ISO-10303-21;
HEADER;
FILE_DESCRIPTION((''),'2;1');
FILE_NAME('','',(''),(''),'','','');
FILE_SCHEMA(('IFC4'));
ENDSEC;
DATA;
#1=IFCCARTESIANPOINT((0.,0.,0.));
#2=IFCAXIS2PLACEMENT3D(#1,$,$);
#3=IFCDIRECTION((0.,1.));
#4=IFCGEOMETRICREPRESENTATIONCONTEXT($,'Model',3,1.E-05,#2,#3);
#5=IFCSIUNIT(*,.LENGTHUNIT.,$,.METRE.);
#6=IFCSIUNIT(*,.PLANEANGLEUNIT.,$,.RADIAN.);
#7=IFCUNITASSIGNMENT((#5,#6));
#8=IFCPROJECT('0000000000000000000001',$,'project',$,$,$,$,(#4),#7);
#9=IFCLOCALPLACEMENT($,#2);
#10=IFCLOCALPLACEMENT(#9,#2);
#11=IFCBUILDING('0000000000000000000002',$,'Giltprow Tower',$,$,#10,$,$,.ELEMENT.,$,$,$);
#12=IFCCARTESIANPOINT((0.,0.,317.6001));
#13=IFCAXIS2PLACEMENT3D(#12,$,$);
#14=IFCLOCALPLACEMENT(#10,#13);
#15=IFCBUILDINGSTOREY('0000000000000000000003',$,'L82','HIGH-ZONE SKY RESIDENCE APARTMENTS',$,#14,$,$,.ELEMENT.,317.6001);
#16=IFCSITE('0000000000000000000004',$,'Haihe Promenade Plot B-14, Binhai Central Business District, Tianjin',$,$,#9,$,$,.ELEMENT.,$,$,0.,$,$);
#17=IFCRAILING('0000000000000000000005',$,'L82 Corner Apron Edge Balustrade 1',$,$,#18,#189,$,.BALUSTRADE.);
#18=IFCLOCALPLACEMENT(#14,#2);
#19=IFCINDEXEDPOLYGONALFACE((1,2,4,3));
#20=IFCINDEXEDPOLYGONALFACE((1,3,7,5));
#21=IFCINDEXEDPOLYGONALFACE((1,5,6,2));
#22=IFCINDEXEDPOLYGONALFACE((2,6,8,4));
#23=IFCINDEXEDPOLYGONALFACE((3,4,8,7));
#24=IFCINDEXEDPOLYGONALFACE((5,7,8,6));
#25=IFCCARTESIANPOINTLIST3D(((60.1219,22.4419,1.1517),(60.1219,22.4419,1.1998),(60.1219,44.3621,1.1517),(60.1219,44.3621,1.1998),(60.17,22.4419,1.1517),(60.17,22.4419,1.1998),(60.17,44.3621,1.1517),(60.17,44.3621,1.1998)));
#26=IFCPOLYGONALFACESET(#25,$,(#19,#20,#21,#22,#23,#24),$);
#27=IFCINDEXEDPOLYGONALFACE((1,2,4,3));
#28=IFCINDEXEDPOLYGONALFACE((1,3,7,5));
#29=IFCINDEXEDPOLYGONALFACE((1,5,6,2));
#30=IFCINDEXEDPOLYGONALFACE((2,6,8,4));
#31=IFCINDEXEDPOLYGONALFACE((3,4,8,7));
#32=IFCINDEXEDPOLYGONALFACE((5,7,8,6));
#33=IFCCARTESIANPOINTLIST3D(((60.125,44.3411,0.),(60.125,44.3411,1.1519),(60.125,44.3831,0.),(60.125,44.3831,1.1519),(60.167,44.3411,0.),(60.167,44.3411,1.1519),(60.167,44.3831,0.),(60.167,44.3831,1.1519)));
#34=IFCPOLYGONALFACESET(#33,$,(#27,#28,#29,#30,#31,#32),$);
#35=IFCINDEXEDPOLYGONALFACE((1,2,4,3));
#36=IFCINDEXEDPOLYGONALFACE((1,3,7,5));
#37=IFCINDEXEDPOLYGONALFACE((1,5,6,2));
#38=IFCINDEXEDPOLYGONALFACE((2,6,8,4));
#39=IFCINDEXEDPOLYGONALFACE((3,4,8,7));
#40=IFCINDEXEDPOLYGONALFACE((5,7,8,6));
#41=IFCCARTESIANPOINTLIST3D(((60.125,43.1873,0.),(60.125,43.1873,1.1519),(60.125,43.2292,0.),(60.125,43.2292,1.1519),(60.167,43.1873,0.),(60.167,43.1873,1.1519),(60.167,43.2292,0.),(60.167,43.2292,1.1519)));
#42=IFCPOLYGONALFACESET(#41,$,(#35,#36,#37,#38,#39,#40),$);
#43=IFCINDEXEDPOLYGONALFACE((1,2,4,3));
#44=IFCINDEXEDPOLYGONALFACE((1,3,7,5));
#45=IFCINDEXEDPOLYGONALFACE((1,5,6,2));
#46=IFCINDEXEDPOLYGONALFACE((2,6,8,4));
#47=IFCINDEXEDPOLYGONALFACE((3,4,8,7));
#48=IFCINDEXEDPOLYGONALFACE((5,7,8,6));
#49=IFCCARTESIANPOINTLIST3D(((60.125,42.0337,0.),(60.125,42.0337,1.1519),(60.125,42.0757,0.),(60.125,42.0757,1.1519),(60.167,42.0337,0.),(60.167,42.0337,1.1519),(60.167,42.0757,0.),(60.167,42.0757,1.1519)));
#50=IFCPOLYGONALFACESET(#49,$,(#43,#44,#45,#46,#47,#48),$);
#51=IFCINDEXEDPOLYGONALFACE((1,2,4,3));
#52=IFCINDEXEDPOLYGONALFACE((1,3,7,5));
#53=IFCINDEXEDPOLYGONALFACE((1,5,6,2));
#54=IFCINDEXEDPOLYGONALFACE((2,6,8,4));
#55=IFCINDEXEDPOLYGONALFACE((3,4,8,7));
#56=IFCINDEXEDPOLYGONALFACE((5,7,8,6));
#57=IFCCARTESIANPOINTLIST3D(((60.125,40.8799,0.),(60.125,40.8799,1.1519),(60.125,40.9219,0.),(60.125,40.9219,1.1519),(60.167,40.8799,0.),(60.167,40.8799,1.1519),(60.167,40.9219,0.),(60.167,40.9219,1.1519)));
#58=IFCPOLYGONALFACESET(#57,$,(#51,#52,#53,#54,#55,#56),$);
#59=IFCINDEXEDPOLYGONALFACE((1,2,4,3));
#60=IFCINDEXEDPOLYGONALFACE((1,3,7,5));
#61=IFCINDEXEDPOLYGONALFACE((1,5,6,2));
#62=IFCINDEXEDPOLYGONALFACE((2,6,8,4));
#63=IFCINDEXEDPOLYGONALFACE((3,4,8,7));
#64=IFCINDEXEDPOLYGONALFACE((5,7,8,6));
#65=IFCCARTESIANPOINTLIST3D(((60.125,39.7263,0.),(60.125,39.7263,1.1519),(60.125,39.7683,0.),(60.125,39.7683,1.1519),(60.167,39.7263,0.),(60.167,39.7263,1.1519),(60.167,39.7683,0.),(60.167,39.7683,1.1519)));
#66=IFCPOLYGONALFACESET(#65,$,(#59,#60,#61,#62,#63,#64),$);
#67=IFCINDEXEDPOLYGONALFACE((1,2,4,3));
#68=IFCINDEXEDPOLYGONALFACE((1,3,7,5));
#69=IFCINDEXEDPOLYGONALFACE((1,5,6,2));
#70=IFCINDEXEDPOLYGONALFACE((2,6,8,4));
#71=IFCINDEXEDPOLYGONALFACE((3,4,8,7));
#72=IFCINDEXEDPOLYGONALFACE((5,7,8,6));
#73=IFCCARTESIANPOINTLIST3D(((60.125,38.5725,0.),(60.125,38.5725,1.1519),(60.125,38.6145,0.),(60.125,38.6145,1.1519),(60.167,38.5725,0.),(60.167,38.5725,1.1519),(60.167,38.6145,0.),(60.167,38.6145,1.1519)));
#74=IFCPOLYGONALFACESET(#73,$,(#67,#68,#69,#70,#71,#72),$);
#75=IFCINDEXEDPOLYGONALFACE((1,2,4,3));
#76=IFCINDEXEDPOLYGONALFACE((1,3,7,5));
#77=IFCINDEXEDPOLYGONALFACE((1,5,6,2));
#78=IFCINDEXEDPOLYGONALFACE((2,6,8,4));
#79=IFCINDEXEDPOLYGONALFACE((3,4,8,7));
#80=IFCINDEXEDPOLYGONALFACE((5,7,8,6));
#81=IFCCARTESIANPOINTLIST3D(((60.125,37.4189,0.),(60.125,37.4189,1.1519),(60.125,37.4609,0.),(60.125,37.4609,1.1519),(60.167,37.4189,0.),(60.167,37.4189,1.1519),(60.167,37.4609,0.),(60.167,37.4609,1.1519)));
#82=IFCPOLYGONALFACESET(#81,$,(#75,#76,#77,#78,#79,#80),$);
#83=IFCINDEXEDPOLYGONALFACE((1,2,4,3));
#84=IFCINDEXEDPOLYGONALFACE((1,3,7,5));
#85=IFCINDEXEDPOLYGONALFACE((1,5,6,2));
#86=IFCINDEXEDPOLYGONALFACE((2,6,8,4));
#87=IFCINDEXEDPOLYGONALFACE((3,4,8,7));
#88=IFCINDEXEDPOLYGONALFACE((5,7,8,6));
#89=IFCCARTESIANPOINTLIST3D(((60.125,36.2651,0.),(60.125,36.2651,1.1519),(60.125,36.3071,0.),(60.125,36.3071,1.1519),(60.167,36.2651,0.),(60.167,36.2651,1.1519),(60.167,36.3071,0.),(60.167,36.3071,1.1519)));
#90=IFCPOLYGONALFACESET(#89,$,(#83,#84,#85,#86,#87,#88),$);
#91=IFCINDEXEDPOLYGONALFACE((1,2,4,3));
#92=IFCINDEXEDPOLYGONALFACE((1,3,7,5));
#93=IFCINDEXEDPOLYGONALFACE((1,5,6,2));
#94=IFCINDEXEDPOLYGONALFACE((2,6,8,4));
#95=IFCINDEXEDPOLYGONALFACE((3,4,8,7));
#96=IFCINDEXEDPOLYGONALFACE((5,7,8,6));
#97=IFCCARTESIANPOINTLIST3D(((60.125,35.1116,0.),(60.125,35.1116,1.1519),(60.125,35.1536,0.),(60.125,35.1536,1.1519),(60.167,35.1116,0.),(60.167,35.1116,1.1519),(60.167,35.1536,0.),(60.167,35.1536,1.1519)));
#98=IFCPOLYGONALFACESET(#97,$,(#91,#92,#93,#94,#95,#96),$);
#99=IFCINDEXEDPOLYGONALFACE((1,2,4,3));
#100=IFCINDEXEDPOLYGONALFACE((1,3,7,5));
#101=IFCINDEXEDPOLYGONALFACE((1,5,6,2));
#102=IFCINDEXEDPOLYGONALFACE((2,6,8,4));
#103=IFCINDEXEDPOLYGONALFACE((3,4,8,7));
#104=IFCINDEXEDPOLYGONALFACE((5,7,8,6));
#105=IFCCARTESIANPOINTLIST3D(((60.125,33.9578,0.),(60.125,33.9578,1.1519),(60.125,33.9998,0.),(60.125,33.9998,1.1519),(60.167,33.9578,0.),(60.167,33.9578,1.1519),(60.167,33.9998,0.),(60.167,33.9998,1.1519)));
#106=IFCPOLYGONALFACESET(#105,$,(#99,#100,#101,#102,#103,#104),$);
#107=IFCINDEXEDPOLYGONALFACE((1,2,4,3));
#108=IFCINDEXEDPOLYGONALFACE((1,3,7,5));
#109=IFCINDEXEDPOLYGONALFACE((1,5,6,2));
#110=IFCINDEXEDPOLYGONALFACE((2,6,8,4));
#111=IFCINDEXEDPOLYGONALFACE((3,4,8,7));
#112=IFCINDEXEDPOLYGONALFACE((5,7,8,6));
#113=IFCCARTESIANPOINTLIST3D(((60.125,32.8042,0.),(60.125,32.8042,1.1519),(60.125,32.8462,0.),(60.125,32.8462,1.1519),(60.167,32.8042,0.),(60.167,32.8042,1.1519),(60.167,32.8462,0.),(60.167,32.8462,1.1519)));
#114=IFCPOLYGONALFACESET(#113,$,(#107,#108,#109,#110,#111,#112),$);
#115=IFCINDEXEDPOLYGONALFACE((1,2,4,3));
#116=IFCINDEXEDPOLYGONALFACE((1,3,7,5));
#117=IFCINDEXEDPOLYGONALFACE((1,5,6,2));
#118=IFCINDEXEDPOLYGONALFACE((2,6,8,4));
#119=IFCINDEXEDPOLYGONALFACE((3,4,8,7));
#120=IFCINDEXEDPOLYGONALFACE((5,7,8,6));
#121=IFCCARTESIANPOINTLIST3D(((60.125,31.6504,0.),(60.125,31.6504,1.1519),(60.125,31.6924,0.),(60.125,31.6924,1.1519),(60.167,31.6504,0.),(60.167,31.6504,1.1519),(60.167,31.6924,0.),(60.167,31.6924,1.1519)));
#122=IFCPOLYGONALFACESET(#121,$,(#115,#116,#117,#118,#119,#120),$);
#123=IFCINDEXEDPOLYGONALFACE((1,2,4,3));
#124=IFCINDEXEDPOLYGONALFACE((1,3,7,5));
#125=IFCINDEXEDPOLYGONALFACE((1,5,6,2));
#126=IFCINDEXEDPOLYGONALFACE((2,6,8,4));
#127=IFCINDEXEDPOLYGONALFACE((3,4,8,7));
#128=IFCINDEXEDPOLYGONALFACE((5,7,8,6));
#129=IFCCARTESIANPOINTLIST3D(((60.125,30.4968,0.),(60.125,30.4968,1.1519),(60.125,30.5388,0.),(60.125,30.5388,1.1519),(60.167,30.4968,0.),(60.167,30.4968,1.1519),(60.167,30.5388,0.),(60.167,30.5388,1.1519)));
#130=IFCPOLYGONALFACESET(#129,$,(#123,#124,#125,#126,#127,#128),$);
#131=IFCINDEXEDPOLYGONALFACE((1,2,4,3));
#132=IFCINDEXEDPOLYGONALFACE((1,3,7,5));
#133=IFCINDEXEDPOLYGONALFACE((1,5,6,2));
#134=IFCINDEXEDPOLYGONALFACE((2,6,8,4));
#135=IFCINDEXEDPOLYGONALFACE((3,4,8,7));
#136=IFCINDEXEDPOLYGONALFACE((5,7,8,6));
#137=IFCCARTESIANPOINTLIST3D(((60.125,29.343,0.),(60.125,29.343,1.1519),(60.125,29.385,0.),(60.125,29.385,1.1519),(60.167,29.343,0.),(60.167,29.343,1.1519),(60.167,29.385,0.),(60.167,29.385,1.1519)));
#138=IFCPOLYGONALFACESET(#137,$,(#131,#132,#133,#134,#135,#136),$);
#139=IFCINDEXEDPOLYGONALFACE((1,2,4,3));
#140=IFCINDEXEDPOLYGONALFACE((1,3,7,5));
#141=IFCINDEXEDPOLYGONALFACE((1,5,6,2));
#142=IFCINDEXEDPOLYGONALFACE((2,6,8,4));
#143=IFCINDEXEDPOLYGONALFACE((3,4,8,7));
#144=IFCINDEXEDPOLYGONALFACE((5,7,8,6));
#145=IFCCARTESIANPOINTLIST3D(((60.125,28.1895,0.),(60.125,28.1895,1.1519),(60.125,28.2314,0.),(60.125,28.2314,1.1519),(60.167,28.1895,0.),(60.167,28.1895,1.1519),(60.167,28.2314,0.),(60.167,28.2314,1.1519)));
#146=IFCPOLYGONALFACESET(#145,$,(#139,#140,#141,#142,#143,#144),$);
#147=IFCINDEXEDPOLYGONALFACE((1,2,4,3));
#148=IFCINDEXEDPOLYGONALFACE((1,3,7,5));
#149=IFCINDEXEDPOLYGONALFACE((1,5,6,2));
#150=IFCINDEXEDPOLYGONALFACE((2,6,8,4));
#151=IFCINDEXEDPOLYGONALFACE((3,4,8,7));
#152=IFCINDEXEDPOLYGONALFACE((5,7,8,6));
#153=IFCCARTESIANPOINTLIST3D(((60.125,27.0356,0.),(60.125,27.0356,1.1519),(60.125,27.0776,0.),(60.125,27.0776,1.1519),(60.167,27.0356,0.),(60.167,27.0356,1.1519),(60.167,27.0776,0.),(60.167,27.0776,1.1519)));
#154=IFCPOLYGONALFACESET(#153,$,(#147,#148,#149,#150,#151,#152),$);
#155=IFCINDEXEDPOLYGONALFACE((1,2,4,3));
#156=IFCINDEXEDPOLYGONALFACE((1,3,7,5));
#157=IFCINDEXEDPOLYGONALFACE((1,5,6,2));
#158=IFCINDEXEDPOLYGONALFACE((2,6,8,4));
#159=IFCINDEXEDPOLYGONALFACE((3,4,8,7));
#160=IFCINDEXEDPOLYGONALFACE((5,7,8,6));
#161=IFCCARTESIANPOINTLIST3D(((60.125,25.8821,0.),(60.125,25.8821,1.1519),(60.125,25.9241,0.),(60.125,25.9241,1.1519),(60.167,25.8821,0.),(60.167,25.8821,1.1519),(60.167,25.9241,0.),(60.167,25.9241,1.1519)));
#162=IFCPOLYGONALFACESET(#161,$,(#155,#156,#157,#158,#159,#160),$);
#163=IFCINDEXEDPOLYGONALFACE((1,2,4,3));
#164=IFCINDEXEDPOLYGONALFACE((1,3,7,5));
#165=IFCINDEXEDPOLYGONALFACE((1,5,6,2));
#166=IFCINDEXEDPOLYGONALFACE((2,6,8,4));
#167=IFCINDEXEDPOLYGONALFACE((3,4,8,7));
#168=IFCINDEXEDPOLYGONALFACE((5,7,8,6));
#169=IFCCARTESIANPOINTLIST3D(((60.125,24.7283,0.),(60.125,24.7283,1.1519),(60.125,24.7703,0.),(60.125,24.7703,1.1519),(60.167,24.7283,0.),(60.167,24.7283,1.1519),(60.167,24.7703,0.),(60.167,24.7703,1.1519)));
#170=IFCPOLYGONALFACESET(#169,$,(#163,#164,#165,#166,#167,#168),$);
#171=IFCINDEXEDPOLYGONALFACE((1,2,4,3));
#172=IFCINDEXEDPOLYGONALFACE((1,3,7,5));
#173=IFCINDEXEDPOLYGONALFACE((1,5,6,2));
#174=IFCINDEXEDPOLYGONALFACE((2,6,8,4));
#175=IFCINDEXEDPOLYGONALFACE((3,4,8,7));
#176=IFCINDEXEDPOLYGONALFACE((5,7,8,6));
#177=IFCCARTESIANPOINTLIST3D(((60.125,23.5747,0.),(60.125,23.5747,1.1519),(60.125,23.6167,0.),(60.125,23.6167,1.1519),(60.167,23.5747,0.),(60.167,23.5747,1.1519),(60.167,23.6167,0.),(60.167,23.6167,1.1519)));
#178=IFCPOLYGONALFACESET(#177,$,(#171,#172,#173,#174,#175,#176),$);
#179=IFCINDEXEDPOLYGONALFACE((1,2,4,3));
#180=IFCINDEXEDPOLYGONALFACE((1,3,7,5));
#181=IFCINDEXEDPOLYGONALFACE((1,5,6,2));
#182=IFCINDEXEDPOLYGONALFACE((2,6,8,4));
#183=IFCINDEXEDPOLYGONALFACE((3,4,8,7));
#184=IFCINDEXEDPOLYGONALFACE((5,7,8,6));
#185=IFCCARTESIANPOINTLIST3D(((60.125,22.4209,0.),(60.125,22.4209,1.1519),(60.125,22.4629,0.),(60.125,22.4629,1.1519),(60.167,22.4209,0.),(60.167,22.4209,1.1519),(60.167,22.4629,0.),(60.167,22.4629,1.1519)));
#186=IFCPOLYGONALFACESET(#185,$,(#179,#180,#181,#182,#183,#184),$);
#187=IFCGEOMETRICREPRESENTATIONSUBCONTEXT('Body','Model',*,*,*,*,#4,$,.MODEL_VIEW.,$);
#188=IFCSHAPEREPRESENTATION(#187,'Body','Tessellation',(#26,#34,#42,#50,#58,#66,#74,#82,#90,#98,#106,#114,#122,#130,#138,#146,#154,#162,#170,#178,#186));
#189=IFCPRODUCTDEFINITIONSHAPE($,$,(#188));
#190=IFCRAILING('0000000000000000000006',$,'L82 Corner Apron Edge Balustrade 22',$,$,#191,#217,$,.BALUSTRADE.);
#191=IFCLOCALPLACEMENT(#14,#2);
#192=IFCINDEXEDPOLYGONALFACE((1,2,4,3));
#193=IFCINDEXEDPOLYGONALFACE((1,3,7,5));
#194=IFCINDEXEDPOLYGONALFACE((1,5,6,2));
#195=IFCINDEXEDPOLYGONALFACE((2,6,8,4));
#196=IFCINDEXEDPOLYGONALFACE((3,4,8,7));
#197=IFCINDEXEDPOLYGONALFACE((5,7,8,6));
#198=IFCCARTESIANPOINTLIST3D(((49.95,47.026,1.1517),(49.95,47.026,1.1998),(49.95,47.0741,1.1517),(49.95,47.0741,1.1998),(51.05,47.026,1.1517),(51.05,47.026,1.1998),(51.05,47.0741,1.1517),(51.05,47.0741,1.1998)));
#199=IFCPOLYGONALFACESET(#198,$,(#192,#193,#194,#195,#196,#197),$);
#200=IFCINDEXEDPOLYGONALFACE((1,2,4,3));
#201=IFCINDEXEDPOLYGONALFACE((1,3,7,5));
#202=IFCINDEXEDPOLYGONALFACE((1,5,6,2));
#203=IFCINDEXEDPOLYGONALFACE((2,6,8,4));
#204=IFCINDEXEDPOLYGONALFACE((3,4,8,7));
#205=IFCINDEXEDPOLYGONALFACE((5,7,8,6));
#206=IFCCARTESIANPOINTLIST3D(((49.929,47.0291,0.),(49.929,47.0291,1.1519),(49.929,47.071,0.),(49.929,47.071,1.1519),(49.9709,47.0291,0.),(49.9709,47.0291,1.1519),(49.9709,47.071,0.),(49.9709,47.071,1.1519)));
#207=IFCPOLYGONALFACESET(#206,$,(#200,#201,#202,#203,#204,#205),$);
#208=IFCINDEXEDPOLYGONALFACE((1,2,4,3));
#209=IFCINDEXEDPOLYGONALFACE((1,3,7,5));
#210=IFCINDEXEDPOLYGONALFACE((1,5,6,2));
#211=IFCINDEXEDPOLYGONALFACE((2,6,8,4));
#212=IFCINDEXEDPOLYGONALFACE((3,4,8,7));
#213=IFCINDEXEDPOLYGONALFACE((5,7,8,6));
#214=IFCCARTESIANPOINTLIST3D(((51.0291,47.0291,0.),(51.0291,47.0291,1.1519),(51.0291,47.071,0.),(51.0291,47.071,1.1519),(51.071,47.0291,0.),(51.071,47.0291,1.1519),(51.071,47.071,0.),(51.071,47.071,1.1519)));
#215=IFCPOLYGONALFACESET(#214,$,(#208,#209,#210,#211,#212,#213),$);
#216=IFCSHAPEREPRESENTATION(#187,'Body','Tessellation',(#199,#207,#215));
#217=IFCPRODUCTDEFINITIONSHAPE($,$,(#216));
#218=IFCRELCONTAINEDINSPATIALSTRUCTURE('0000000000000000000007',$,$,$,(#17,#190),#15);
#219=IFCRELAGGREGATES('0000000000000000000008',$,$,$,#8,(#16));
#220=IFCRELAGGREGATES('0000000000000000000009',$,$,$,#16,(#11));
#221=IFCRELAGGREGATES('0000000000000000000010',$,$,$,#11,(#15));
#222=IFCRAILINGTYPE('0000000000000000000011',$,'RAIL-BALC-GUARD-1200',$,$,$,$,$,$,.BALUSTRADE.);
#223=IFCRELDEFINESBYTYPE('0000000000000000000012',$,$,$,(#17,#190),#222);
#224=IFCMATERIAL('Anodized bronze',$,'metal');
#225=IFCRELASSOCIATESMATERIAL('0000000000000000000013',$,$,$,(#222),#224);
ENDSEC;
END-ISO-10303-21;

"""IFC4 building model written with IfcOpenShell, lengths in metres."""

from ifc_helpers import new_model, si_unit, direction, frame, origin, origin_2d, place, context, subcontext, project, spatial, rectangle, extrude, material, type_object, element, save


model = new_model("IFC4")

# Units and contexts
model_context = context("Model", 3, precision=1e-05, world=origin(), true_north=direction((0.0, 1.0)))
body_context = subcontext(model_context, "Body", "Model", "MODEL_VIEW")
ifc_project = project(units=[si_unit("LENGTHUNIT", "METRE"), si_unit("PLANEANGLEUNIT", "RADIAN")], contexts=[model_context])

# Site, building, storey
site_placement = place(None, origin())
site = spatial("IfcSite", under=ifc_project, at=site_placement, Name="Haihe Promenade Plot B-14, Binhai Central Business District, Tianjin", CompositionType="ELEMENT", RefElevation=0.0)
building_placement = place(site_placement, origin())
building = spatial("IfcBuilding", under=site, at=building_placement, Name="Giltprow Tower", CompositionType="ELEMENT")
storey_placement = place(building_placement, frame((0.0, 0.0, 317.6001)))
storey = spatial("IfcBuildingStorey", under=building, at=storey_placement, Name="L82", Description="HIGH-ZONE SKY RESIDENCE APARTMENTS", CompositionType="ELEMENT", Elevation=317.6001)

# Railings
ifc_material_1 = material(Name="Anodized bronze", Category="metal")
railing_type = type_object("IfcRailingType", Name="RAIL-BALC-GUARD-1200", PredefinedType="BALUSTRADE", material=ifc_material_1)
railing_1_placement = place(storey_placement, frame((60.146, 44.3621, 0.0)))
element("IfcRailing", 1, at=railing_1_placement, inside=storey, type_object=railing_type, Name="L82 Corner Apron Edge Balustrade 1", PredefinedType="BALUSTRADE", context=body_context, shape_type="SweptSolid", body=[
    extrude(rectangle(XDim=0.0481, YDim=0.0481, at=origin_2d()), frame((0.0, 0.0, 1.1758), z_axis=(0.0, -1.0, 0.0), x_axis=(1.0, 0.0, 0.0)), (0.0, 0.0, 1.0), 21.9202),
    extrude(rectangle(XDim=0.042, YDim=0.042, at=origin_2d()), origin(), (0.0, 0.0, 1.0), 1.1519),
    extrude(rectangle(XDim=0.042, YDim=0.042, at=origin_2d()), frame((0.0, -1.1538, 0.0)), (0.0, 0.0, 1.0), 1.1519),
    extrude(rectangle(XDim=0.042, YDim=0.042, at=origin_2d()), frame((0.0, -2.3074, 0.0)), (0.0, 0.0, 1.0), 1.1519),
    extrude(rectangle(XDim=0.042, YDim=0.042, at=origin_2d()), frame((0.0, -3.4612, 0.0)), (0.0, 0.0, 1.0), 1.1519),
    extrude(rectangle(XDim=0.042, YDim=0.042, at=origin_2d()), frame((0.0, -4.6147, 0.0)), (0.0, 0.0, 1.0), 1.1519),
    extrude(rectangle(XDim=0.042, YDim=0.042, at=origin_2d()), frame((0.0, -5.7686, 0.0)), (0.0, 0.0, 1.0), 1.1519),
    extrude(rectangle(XDim=0.042, YDim=0.042, at=origin_2d()), frame((0.0, -6.9221, 0.0)), (0.0, 0.0, 1.0), 1.1519),
    extrude(rectangle(XDim=0.042, YDim=0.042, at=origin_2d()), frame((0.0, -8.0759, 0.0)), (0.0, 0.0, 1.0), 1.1519),
    extrude(rectangle(XDim=0.042, YDim=0.042, at=origin_2d()), frame((0.0, -9.2295, 0.0)), (0.0, 0.0, 1.0), 1.1519),
    extrude(rectangle(XDim=0.042, YDim=0.042, at=origin_2d()), frame((0.0, -10.3833, 0.0)), (0.0, 0.0, 1.0), 1.1519),
    extrude(rectangle(XDim=0.042, YDim=0.042, at=origin_2d()), frame((0.0, -11.5369, 0.0)), (0.0, 0.0, 1.0), 1.1519),
    extrude(rectangle(XDim=0.042, YDim=0.042, at=origin_2d()), frame((0.0, -12.6907, 0.0)), (0.0, 0.0, 1.0), 1.1519),
    extrude(rectangle(XDim=0.042, YDim=0.042, at=origin_2d()), frame((0.0, -13.8442, 0.0)), (0.0, 0.0, 1.0), 1.1519),
    extrude(rectangle(XDim=0.042, YDim=0.042, at=origin_2d()), frame((0.0, -14.998, 0.0)), (0.0, 0.0, 1.0), 1.1519),
    extrude(rectangle(XDim=0.042, YDim=0.042, at=origin_2d()), frame((0.0, -16.1516, 0.0)), (0.0, 0.0, 1.0), 1.1519),
    extrude(rectangle(XDim=0.042, YDim=0.042, at=origin_2d()), frame((0.0, -17.3054, 0.0)), (0.0, 0.0, 1.0), 1.1519),
    extrude(rectangle(XDim=0.042, YDim=0.042, at=origin_2d()), frame((0.0, -18.459, 0.0)), (0.0, 0.0, 1.0), 1.1519),
    extrude(rectangle(XDim=0.042, YDim=0.042, at=origin_2d()), frame((0.0, -19.6128, 0.0)), (0.0, 0.0, 1.0), 1.1519),
    extrude(rectangle(XDim=0.042, YDim=0.042, at=origin_2d()), frame((0.0, -20.7664, 0.0)), (0.0, 0.0, 1.0), 1.1519),
    extrude(rectangle(XDim=0.042, YDim=0.042, at=origin_2d()), frame((0.0, -21.9202, 0.0)), (0.0, 0.0, 1.0), 1.1519),
])
railing_2_placement = place(storey_placement, frame((49.95, 47.05, 0.0)))
element("IfcRailing", 2, at=railing_2_placement, inside=storey, type_object=railing_type, Name="L82 Corner Apron Edge Balustrade 22", PredefinedType="BALUSTRADE", context=body_context, shape_type="SweptSolid", body=[
    extrude(rectangle(XDim=0.0481, YDim=0.0481, at=origin_2d()), frame((0.0, 0.0, 1.1758), z_axis=(1.0, 0.0, 0.0), x_axis=(0.0, 1.0, 0.0)), (0.0, 0.0, 1.0), 1.1001),
    extrude(rectangle(XDim=0.042, YDim=0.042, at=origin_2d()), origin(), (0.0, 0.0, 1.0), 1.1519),
    extrude(rectangle(XDim=0.042, YDim=0.042, at=origin_2d()), frame((1.1001, 0.0, 0.0)), (0.0, 0.0, 1.0), 1.1519),
])

save(model, "model.ifc")
